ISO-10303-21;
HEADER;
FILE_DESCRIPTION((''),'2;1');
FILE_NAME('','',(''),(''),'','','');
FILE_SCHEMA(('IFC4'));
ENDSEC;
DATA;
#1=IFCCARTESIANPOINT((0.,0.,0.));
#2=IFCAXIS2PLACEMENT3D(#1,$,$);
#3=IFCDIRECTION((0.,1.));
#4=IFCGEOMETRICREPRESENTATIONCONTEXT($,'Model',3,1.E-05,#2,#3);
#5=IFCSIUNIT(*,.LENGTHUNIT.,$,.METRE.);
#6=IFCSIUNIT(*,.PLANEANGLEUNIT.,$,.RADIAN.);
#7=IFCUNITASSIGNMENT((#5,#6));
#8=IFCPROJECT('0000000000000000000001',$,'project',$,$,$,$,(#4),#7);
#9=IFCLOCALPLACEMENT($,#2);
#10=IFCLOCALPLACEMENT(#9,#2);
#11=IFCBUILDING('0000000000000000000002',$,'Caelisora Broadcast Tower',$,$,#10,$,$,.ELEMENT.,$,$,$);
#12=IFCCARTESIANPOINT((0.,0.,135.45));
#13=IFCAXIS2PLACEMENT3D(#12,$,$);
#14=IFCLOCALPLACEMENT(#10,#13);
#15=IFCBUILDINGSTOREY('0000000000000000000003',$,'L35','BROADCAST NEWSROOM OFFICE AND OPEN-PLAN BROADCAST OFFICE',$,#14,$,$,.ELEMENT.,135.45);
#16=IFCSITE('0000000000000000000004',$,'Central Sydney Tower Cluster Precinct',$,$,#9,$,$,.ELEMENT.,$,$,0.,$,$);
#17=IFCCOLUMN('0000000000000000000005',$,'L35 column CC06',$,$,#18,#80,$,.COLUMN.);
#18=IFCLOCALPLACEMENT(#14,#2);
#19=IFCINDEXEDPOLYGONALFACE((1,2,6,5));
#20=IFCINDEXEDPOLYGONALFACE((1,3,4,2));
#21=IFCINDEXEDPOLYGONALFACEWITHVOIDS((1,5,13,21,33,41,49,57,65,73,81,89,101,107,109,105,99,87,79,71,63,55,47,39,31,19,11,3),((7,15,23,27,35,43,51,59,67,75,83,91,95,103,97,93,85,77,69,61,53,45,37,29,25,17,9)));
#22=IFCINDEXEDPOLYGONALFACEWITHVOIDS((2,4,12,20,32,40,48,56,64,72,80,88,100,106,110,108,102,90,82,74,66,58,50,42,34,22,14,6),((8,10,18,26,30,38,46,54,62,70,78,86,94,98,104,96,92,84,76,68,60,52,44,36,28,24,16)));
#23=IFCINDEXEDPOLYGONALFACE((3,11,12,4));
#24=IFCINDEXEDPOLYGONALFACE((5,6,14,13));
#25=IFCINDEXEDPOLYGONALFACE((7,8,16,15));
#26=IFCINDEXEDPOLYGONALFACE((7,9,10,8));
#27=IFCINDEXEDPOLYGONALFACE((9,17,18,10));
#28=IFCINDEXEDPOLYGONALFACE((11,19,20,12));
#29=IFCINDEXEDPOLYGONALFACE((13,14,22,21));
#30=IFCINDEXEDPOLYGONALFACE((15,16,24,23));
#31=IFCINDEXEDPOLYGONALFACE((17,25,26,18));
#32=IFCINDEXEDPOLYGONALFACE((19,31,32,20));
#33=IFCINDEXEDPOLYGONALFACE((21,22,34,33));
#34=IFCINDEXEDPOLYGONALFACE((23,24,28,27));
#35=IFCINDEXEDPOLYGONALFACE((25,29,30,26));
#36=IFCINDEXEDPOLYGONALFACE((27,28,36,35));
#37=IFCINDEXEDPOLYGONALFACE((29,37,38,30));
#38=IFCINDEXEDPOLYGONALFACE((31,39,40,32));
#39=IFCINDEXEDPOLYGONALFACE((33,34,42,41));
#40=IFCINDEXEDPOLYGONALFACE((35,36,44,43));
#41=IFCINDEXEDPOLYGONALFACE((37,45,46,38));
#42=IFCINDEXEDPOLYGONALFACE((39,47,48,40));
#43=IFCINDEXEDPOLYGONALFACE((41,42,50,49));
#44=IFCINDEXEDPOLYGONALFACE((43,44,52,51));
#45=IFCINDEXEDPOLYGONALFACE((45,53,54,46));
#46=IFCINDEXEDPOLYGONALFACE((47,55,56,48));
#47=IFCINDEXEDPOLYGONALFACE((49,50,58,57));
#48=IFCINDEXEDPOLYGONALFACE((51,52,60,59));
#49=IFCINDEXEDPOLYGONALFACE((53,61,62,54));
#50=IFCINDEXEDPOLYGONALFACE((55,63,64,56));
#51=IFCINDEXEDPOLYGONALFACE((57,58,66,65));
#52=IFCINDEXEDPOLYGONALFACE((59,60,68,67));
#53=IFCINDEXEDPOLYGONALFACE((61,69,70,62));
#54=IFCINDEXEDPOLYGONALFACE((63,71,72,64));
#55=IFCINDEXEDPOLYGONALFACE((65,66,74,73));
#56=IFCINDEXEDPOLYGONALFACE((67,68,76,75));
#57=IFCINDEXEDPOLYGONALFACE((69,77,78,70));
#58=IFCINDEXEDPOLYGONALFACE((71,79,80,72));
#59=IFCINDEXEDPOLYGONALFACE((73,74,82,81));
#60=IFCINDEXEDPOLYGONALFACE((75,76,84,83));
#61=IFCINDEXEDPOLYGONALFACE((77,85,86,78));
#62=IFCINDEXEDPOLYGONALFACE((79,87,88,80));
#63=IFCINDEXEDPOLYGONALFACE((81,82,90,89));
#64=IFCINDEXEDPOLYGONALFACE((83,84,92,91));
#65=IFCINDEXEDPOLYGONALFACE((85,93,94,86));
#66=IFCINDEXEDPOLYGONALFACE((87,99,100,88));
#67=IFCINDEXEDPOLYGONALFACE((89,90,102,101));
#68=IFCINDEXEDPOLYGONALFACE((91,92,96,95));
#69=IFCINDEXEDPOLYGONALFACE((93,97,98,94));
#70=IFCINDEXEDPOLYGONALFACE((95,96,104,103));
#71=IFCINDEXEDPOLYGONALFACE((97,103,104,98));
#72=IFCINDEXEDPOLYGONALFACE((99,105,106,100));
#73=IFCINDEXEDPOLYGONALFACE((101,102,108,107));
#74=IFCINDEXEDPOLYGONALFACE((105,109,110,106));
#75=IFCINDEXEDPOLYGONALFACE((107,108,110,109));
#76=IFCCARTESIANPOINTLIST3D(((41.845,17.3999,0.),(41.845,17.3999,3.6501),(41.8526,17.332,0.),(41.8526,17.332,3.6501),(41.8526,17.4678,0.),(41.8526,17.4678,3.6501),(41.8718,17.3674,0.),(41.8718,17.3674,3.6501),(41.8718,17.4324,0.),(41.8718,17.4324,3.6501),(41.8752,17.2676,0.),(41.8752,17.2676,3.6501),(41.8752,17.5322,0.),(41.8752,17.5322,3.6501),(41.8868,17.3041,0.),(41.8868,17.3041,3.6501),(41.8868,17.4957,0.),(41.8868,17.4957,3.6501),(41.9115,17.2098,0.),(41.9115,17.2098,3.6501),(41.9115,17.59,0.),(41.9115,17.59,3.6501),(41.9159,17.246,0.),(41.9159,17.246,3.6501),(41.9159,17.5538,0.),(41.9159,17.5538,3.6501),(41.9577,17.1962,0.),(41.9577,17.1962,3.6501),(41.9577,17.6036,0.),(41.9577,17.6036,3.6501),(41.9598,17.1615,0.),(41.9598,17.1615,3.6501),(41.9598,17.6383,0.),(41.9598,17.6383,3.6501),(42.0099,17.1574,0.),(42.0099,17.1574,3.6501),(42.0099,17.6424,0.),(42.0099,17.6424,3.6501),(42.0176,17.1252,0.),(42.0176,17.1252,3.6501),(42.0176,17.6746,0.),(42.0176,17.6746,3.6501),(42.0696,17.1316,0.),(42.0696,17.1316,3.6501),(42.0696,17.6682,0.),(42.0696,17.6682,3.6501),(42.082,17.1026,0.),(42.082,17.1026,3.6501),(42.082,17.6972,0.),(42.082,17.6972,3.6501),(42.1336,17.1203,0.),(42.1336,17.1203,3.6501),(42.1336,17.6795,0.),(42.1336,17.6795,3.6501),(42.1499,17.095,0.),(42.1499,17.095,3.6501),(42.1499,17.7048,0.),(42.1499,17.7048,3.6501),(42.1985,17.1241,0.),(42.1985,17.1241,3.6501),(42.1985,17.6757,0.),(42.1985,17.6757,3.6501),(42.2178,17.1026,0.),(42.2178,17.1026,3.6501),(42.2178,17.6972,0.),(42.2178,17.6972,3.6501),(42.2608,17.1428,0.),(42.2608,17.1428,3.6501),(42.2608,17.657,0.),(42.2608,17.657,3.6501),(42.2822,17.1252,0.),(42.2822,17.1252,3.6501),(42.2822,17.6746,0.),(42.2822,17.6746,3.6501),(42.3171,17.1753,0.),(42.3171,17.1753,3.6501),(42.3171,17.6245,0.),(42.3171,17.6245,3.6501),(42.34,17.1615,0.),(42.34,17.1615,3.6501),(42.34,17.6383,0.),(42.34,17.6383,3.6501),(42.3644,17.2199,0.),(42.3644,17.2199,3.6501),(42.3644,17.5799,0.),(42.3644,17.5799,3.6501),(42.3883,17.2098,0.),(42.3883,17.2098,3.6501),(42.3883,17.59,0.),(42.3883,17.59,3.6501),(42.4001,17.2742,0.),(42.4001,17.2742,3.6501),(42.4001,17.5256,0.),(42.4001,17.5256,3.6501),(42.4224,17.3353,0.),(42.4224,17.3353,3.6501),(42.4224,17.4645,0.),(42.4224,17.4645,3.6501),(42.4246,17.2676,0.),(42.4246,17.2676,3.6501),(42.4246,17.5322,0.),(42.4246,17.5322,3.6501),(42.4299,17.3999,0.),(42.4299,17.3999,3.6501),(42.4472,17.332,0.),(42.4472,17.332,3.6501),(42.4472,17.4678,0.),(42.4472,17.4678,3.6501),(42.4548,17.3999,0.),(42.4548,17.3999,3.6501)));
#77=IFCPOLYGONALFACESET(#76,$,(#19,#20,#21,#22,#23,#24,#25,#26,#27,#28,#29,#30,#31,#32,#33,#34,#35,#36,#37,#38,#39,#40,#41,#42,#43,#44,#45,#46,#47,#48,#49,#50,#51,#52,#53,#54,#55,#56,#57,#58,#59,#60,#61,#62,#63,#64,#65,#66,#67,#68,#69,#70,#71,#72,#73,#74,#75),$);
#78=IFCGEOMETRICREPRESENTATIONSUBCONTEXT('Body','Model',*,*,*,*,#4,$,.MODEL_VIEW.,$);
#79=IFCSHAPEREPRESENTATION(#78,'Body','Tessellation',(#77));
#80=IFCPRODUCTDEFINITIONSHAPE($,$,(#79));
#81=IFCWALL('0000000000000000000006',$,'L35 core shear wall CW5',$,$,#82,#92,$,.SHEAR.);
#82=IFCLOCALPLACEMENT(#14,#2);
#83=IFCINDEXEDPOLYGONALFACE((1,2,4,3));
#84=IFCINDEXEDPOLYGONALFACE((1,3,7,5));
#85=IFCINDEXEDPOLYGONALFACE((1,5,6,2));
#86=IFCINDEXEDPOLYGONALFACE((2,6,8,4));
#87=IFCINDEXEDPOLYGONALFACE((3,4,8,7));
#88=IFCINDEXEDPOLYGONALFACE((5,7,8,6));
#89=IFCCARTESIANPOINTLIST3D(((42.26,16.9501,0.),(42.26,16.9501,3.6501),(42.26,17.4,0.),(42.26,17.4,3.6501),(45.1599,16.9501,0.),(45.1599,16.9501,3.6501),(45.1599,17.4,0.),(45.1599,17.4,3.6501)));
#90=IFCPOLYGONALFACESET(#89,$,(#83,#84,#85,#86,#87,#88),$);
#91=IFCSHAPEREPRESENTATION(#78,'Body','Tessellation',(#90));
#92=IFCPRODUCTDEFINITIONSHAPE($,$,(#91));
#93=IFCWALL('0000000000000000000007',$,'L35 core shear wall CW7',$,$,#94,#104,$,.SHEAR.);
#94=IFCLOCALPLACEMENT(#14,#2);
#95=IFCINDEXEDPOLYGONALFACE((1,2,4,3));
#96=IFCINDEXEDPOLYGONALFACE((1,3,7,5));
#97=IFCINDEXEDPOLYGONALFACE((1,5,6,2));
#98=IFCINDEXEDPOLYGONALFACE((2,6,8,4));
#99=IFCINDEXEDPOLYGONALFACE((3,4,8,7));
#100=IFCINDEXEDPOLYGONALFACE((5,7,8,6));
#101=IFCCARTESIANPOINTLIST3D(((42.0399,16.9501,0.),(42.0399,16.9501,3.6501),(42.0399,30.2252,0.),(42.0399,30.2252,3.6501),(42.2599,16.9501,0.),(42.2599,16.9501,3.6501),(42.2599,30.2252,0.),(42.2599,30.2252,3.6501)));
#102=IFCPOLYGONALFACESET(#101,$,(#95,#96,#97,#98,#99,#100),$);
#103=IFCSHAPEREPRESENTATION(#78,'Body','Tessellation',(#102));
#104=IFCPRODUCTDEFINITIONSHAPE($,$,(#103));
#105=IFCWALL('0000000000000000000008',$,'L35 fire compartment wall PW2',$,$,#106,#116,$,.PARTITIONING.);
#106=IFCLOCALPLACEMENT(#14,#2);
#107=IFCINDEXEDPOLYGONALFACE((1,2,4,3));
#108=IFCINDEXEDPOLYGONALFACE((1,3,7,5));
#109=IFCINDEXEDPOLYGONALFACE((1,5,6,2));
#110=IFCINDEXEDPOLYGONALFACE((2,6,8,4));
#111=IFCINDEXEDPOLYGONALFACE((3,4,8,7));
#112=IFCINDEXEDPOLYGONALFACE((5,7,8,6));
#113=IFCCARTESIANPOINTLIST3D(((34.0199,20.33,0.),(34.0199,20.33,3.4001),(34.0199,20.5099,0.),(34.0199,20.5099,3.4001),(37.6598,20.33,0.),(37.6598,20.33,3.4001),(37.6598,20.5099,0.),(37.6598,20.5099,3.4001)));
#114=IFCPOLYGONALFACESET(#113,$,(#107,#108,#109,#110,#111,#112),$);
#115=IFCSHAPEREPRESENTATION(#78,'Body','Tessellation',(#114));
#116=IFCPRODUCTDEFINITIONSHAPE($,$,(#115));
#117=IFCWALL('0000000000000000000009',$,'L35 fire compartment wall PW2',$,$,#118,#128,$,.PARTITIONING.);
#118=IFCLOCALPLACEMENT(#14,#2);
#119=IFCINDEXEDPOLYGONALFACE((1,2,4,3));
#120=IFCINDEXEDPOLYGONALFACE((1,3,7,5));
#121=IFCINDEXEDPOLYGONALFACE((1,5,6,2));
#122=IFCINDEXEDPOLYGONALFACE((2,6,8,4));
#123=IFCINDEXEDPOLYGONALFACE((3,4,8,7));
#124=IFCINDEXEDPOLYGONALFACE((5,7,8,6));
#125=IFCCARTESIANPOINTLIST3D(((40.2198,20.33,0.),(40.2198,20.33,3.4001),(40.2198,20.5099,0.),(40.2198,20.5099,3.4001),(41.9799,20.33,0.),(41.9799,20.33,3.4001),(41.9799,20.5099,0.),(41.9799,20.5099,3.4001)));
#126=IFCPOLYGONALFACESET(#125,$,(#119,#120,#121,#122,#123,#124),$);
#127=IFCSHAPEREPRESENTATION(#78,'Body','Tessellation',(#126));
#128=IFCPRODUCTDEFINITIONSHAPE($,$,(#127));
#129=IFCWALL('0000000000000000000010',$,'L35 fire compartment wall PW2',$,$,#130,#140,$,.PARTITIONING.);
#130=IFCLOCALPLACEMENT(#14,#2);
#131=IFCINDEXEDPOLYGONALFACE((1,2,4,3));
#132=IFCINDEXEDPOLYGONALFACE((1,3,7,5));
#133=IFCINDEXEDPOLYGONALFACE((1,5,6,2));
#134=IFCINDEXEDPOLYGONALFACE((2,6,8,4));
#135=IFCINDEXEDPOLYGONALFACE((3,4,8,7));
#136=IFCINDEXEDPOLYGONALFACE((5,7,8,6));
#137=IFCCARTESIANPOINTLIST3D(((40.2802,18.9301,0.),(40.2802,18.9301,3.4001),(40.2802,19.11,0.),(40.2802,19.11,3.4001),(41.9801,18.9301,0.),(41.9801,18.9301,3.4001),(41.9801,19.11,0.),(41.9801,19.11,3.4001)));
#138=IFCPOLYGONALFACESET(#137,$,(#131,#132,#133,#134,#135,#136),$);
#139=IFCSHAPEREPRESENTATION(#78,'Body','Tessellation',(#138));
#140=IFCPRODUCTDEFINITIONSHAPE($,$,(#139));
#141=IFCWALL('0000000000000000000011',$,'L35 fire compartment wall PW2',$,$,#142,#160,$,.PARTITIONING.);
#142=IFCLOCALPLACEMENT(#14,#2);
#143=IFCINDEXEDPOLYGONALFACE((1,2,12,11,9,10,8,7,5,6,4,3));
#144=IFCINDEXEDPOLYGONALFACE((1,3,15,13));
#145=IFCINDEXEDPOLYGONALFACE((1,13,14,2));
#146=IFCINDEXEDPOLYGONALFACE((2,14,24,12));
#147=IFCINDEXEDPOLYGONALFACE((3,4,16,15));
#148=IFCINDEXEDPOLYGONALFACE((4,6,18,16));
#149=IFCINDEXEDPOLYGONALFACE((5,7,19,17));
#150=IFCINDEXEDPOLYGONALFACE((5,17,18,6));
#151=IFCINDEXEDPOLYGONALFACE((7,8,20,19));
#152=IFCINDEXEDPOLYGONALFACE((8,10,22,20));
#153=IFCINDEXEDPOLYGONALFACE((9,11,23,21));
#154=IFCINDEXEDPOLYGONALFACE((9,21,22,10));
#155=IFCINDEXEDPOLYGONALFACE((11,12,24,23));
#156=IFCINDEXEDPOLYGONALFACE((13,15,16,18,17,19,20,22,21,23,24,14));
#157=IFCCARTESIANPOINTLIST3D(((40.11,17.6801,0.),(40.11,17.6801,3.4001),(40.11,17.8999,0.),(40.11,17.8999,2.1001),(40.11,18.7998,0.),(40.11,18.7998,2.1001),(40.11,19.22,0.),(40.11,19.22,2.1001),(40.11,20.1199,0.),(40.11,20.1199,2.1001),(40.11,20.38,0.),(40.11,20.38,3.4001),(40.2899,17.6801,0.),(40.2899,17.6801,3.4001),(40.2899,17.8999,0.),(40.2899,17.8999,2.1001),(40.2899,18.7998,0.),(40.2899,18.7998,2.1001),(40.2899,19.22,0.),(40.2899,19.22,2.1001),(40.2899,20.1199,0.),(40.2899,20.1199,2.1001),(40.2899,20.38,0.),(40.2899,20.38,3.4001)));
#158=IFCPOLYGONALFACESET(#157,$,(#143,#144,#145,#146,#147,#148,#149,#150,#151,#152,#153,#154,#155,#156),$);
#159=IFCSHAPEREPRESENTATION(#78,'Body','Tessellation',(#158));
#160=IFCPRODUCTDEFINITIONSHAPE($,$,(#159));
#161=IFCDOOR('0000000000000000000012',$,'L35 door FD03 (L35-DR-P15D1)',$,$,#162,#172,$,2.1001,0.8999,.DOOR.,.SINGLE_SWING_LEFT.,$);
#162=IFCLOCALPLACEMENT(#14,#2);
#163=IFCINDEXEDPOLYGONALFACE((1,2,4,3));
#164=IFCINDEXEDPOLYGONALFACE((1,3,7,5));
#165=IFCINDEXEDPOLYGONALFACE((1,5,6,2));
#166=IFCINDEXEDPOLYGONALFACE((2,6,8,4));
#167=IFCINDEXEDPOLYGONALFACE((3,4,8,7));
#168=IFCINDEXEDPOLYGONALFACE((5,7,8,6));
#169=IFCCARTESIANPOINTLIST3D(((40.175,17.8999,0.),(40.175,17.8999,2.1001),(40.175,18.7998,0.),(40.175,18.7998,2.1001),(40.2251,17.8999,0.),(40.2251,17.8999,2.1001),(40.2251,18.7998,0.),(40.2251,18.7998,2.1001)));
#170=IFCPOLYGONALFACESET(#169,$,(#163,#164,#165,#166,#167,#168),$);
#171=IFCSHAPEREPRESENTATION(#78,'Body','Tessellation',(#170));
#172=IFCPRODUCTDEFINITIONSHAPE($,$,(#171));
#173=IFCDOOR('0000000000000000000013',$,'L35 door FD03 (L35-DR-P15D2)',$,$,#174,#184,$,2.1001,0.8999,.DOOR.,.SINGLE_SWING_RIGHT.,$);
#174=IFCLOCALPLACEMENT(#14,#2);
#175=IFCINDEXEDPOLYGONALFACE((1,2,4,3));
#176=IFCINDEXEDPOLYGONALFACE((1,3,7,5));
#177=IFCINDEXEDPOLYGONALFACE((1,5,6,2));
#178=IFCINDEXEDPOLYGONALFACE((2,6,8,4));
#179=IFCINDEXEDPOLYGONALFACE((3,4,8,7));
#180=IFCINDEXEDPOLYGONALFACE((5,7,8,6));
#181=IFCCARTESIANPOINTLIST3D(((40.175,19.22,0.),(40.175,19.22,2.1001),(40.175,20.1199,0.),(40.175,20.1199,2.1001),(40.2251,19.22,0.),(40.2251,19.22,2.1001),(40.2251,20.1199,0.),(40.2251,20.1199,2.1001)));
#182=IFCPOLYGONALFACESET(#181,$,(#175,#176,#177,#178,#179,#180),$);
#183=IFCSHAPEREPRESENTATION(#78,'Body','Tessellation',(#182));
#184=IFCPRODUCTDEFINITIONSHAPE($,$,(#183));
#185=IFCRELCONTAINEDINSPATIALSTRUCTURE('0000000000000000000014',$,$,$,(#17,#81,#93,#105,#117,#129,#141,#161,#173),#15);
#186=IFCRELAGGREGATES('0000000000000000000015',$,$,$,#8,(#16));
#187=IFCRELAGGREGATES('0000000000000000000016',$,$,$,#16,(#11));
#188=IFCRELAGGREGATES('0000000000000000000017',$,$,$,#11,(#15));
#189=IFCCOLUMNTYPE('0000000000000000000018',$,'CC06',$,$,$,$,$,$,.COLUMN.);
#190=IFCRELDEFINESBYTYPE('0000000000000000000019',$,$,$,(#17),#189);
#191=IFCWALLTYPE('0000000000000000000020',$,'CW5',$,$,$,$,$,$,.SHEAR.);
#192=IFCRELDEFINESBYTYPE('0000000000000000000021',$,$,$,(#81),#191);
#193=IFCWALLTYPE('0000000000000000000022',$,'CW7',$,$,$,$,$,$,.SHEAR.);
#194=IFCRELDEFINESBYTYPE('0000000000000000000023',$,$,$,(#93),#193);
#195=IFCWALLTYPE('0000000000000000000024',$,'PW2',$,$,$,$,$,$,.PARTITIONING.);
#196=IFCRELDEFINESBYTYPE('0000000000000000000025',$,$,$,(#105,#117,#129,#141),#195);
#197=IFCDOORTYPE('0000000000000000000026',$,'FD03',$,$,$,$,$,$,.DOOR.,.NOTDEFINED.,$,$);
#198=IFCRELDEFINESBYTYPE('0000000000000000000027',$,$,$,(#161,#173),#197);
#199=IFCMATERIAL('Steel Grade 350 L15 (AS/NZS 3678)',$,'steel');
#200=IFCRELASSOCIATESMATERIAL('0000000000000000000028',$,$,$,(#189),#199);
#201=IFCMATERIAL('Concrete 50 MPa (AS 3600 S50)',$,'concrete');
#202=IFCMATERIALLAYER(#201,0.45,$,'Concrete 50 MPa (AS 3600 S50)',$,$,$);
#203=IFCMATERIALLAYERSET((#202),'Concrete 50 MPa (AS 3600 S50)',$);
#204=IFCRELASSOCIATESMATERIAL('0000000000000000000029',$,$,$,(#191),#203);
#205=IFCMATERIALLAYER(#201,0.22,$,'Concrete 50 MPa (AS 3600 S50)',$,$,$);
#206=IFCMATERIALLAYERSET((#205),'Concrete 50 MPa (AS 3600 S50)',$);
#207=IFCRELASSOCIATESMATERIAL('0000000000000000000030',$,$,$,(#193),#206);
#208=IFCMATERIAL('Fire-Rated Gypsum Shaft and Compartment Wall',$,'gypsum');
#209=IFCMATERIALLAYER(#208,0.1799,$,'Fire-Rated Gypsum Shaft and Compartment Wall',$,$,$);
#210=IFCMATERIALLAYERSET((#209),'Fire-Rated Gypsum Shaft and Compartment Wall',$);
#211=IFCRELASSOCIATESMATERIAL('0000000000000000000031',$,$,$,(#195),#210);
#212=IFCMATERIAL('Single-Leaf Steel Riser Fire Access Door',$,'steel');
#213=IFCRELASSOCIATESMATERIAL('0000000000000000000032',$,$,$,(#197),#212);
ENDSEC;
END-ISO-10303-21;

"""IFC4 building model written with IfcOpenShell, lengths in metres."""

from ifc_helpers import new_model, si_unit, direction, frame, frame_2d, origin, origin_2d, place, context, subcontext, project, spatial, rectangle, hollow_circle, extrude, source, transform, mapped, material, layer, layer_set, material_profile, profile_set, type_object, type_shapes, element, fill, save


model = new_model("IFC4")

# Units and contexts
model_context = context("Model", 3, precision=1e-05, world=origin(), true_north=direction((0.0, 1.0)))
body_context = subcontext(model_context, "Body", "Model", "MODEL_VIEW")
ifc_project = project(units=[si_unit("LENGTHUNIT", "METRE"), si_unit("PLANEANGLEUNIT", "RADIAN")], contexts=[model_context])

# Site, building, storey
site_placement = place(None, origin())
site = spatial("IfcSite", under=ifc_project, at=site_placement, Name="Central Sydney Tower Cluster Precinct", CompositionType="ELEMENT", RefElevation=0.0)
building_placement = place(site_placement, origin())
building = spatial("IfcBuilding", under=site, at=building_placement, Name="Caelisora Broadcast Tower", CompositionType="ELEMENT")
storey_placement = place(building_placement, frame((0.0, 0.0, 135.45)))
storey = spatial("IfcBuildingStorey", under=building, at=storey_placement, Name="L35", Description="BROADCAST NEWSROOM OFFICE AND OPEN-PLAN BROADCAST OFFICE", CompositionType="ELEMENT", Elevation=135.45)

# Column
ifc_material_1 = material(Name="Steel Grade 350 L15 (AS/NZS 3678)", Category="steel")
ifc_material_profile = material_profile(ifc_material_1, hollow_circle(Radius=0.3049, WallThickness=0.0249, at=origin_2d()), Name="Steel Grade 350 L15 (AS/NZS 3678)")
ifc_profile_set = profile_set([ifc_material_profile], Name="Steel Grade 350 L15 (AS/NZS 3678)")
column_type = type_object("IfcColumnType", Name="CC06", PredefinedType="COLUMN", material=ifc_profile_set)
shared_shape = source(origin(), body_context, "Body", "SweptSolid", [
    extrude(hollow_circle(Radius=0.3049, WallThickness=0.0249, at=origin_2d()), origin(), (0.0, 0.0, 1.0), 3.6501),
])
type_shapes(column_type, [shared_shape])
column_placement = place(storey_placement, frame((42.1499, 17.3999, 0.0), z_axis=(0.0, 0.0, 1.0), x_axis=(1.0, 0.0, 0.0)))
element("IfcColumn", 1, at=column_placement, inside=storey, type_object=column_type, Name="L35 column CC06", PredefinedType="COLUMN", context=body_context, shape_type="MappedRepresentation", body=[
    mapped(shared_shape, transform((0.0, 0.0, 0.0), scale=1.0)),
])

# Walls
ifc_material_2 = material(Name="Concrete 50 MPa (AS 3600 S50)", Category="concrete")
ifc_layer_1 = layer(ifc_material_2, 0.45, Name="Concrete 50 MPa (AS 3600 S50)")
ifc_layer_set_1 = layer_set([ifc_layer_1], Name="Concrete 50 MPa (AS 3600 S50)")
wall_type_1 = type_object("IfcWallType", Name="CW5", PredefinedType="SHEAR", material=ifc_layer_set_1)
wall_1_placement = place(storey_placement, frame((42.26, 17.175, 0.0), z_axis=(0.0, 0.0, 1.0), x_axis=(1.0, 0.0, 0.0)))
element("IfcWall", 2, at=wall_1_placement, inside=storey, type_object=wall_type_1, Name="L35 core shear wall CW5", PredefinedType="SHEAR", context=body_context, shape_type="SweptSolid", body=[
    extrude(rectangle(XDim=2.8999, YDim=0.45, at=frame_2d((1.45, 0.0))), origin(), (0.0, 0.0, 1.0), 3.6501),
])
ifc_layer_2 = layer(ifc_material_2, 0.22, Name="Concrete 50 MPa (AS 3600 S50)")
ifc_layer_set_2 = layer_set([ifc_layer_2], Name="Concrete 50 MPa (AS 3600 S50)")
wall_type_2 = type_object("IfcWallType", Name="CW7", PredefinedType="SHEAR", material=ifc_layer_set_2)
wall_2_placement = place(storey_placement, frame((42.1499, 16.95, 0.0), z_axis=(0.0, 0.0, 1.0), x_axis=(0.0, 1.0, 0.0)))
element("IfcWall", 3, at=wall_2_placement, inside=storey, type_object=wall_type_2, Name="L35 core shear wall CW7", PredefinedType="SHEAR", context=body_context, shape_type="SweptSolid", body=[
    extrude(rectangle(XDim=13.2751, YDim=0.22, at=frame_2d((6.6377, 0.0))), origin(), (0.0, 0.0, 1.0), 3.6501),
])
ifc_material_3 = material(Name="Fire-Rated Gypsum Shaft and Compartment Wall", Category="gypsum")
ifc_layer_3 = layer(ifc_material_3, 0.1799, Name="Fire-Rated Gypsum Shaft and Compartment Wall")
ifc_layer_set_3 = layer_set([ifc_layer_3], Name="Fire-Rated Gypsum Shaft and Compartment Wall")
wall_type_3 = type_object("IfcWallType", Name="PW2", PredefinedType="PARTITIONING", material=ifc_layer_set_3)
wall_3_placement = place(storey_placement, frame((34.02, 20.4199, 0.0), z_axis=(0.0, 0.0, 1.0), x_axis=(1.0, 0.0, 0.0)))
element("IfcWall", 4, at=wall_3_placement, inside=storey, type_object=wall_type_3, Name="L35 fire compartment wall PW2", PredefinedType="PARTITIONING", context=body_context, shape_type="SweptSolid", body=[
    extrude(rectangle(XDim=3.6399, YDim=0.1799, at=frame_2d((1.8198, 0.0))), origin(), (0.0, 0.0, 1.0), 3.4001),
])
wall_4_placement = place(storey_placement, frame((40.22, 20.4199, 0.0), z_axis=(0.0, 0.0, 1.0), x_axis=(1.0, 0.0, 0.0)))
element("IfcWall", 5, at=wall_4_placement, inside=storey, type_object=wall_type_3, Name="L35 fire compartment wall PW2", PredefinedType="PARTITIONING", context=body_context, shape_type="SweptSolid", body=[
    extrude(rectangle(XDim=1.76, YDim=0.1799, at=frame_2d((0.8799, 0.0))), origin(), (0.0, 0.0, 1.0), 3.4001),
])
wall_5_placement = place(storey_placement, frame((40.28, 19.02, 0.0), z_axis=(0.0, 0.0, 1.0), x_axis=(1.0, 0.0, 0.0)))
element("IfcWall", 6, at=wall_5_placement, inside=storey, type_object=wall_type_3, Name="L35 fire compartment wall PW2", PredefinedType="PARTITIONING", context=body_context, shape_type="SweptSolid", body=[
    extrude(rectangle(XDim=1.7, YDim=0.1799, at=frame_2d((0.8501, 0.0))), origin(), (0.0, 0.0, 1.0), 3.4001),
])

# Wall, openings, doors
wall_6_placement = place(storey_placement, frame((40.2, 17.6799, 0.0), z_axis=(0.0, 0.0, 1.0), x_axis=(0.0, 1.0, 0.0)))
wall_6 = element("IfcWall", 7, at=wall_6_placement, inside=storey, type_object=wall_type_3, Name="L35 fire compartment wall PW2", PredefinedType="PARTITIONING", context=body_context, shape_type="SweptSolid", body=[
    extrude(rectangle(XDim=2.7, YDim=0.1799, at=frame_2d((1.3501, 0.0))), origin(), (0.0, 0.0, 1.0), 3.4001),
])
opening_1_placement = place(wall_6_placement, frame((0.22, 0.0, 0.0)))
opening_1 = element("IfcOpeningElement", 8, at=opening_1_placement, cuts=wall_6, PredefinedType="OPENING", context=body_context, shape_type="SweptSolid", body=[
    extrude(rectangle(XDim=0.8999, YDim=2.1001, at=frame_2d((0.45, 1.05))), frame((0.0, 0.1021, 0.0), z_axis=(0.0, -1.0, 0.0), x_axis=(1.0, 0.0, 0.0)), (0.0, 0.0, 1.0), 0.2039),
])
opening_2_placement = place(wall_6_placement, frame((1.54, 0.0, 0.0)))
opening_2 = element("IfcOpeningElement", 9, at=opening_2_placement, cuts=wall_6, PredefinedType="OPENING", context=body_context, shape_type="SweptSolid", body=[
    extrude(rectangle(XDim=0.8999, YDim=2.1001, at=frame_2d((0.45, 1.05))), frame((0.0, 0.1021, 0.0), z_axis=(0.0, -1.0, 0.0), x_axis=(1.0, 0.0, 0.0)), (0.0, 0.0, 1.0), 0.2039),
])
ifc_material_4 = material(Name="Single-Leaf Steel Riser Fire Access Door", Category="steel")
door_type_1 = type_object("IfcDoorType", Name="FD03", OperationType="NOTDEFINED", PredefinedType="DOOR", material=ifc_material_4)
door_1_placement = place(opening_1_placement, origin())
door_1 = element("IfcDoor", 10, at=door_1_placement, inside=storey, type_object=door_type_1, Name="L35 door FD03 (L35-DR-P15D1)", OperationType="SINGLE_SWING_LEFT", OverallHeight=2.1001, OverallWidth=0.8999, PredefinedType="DOOR", context=body_context, shape_type="SweptSolid", body=[
    extrude(rectangle(XDim=0.8999, YDim=2.1001, at=frame_2d((0.45, 1.05))), frame((0.0, 0.0249, 0.0), z_axis=(0.0, -1.0, 0.0), x_axis=(1.0, 0.0, 0.0)), (0.0, 0.0, 1.0), 0.05),
])
fill(opening_1, door_1)
door_2_placement = place(opening_2_placement, origin())
door_2 = element("IfcDoor", 11, at=door_2_placement, inside=storey, type_object=door_type_1, Name="L35 door FD03 (L35-DR-P15D2)", OperationType="SINGLE_SWING_RIGHT", OverallHeight=2.1001, OverallWidth=0.8999, PredefinedType="DOOR", context=body_context, shape_type="SweptSolid", body=[
    extrude(rectangle(XDim=0.8999, YDim=2.1001, at=frame_2d((0.45, 1.05))), frame((0.0, 0.0249, 0.0), z_axis=(0.0, -1.0, 0.0), x_axis=(1.0, 0.0, 0.0)), (0.0, 0.0, 1.0), 0.05),
])
fill(opening_2, door_2)

save(model, "model.ifc")
